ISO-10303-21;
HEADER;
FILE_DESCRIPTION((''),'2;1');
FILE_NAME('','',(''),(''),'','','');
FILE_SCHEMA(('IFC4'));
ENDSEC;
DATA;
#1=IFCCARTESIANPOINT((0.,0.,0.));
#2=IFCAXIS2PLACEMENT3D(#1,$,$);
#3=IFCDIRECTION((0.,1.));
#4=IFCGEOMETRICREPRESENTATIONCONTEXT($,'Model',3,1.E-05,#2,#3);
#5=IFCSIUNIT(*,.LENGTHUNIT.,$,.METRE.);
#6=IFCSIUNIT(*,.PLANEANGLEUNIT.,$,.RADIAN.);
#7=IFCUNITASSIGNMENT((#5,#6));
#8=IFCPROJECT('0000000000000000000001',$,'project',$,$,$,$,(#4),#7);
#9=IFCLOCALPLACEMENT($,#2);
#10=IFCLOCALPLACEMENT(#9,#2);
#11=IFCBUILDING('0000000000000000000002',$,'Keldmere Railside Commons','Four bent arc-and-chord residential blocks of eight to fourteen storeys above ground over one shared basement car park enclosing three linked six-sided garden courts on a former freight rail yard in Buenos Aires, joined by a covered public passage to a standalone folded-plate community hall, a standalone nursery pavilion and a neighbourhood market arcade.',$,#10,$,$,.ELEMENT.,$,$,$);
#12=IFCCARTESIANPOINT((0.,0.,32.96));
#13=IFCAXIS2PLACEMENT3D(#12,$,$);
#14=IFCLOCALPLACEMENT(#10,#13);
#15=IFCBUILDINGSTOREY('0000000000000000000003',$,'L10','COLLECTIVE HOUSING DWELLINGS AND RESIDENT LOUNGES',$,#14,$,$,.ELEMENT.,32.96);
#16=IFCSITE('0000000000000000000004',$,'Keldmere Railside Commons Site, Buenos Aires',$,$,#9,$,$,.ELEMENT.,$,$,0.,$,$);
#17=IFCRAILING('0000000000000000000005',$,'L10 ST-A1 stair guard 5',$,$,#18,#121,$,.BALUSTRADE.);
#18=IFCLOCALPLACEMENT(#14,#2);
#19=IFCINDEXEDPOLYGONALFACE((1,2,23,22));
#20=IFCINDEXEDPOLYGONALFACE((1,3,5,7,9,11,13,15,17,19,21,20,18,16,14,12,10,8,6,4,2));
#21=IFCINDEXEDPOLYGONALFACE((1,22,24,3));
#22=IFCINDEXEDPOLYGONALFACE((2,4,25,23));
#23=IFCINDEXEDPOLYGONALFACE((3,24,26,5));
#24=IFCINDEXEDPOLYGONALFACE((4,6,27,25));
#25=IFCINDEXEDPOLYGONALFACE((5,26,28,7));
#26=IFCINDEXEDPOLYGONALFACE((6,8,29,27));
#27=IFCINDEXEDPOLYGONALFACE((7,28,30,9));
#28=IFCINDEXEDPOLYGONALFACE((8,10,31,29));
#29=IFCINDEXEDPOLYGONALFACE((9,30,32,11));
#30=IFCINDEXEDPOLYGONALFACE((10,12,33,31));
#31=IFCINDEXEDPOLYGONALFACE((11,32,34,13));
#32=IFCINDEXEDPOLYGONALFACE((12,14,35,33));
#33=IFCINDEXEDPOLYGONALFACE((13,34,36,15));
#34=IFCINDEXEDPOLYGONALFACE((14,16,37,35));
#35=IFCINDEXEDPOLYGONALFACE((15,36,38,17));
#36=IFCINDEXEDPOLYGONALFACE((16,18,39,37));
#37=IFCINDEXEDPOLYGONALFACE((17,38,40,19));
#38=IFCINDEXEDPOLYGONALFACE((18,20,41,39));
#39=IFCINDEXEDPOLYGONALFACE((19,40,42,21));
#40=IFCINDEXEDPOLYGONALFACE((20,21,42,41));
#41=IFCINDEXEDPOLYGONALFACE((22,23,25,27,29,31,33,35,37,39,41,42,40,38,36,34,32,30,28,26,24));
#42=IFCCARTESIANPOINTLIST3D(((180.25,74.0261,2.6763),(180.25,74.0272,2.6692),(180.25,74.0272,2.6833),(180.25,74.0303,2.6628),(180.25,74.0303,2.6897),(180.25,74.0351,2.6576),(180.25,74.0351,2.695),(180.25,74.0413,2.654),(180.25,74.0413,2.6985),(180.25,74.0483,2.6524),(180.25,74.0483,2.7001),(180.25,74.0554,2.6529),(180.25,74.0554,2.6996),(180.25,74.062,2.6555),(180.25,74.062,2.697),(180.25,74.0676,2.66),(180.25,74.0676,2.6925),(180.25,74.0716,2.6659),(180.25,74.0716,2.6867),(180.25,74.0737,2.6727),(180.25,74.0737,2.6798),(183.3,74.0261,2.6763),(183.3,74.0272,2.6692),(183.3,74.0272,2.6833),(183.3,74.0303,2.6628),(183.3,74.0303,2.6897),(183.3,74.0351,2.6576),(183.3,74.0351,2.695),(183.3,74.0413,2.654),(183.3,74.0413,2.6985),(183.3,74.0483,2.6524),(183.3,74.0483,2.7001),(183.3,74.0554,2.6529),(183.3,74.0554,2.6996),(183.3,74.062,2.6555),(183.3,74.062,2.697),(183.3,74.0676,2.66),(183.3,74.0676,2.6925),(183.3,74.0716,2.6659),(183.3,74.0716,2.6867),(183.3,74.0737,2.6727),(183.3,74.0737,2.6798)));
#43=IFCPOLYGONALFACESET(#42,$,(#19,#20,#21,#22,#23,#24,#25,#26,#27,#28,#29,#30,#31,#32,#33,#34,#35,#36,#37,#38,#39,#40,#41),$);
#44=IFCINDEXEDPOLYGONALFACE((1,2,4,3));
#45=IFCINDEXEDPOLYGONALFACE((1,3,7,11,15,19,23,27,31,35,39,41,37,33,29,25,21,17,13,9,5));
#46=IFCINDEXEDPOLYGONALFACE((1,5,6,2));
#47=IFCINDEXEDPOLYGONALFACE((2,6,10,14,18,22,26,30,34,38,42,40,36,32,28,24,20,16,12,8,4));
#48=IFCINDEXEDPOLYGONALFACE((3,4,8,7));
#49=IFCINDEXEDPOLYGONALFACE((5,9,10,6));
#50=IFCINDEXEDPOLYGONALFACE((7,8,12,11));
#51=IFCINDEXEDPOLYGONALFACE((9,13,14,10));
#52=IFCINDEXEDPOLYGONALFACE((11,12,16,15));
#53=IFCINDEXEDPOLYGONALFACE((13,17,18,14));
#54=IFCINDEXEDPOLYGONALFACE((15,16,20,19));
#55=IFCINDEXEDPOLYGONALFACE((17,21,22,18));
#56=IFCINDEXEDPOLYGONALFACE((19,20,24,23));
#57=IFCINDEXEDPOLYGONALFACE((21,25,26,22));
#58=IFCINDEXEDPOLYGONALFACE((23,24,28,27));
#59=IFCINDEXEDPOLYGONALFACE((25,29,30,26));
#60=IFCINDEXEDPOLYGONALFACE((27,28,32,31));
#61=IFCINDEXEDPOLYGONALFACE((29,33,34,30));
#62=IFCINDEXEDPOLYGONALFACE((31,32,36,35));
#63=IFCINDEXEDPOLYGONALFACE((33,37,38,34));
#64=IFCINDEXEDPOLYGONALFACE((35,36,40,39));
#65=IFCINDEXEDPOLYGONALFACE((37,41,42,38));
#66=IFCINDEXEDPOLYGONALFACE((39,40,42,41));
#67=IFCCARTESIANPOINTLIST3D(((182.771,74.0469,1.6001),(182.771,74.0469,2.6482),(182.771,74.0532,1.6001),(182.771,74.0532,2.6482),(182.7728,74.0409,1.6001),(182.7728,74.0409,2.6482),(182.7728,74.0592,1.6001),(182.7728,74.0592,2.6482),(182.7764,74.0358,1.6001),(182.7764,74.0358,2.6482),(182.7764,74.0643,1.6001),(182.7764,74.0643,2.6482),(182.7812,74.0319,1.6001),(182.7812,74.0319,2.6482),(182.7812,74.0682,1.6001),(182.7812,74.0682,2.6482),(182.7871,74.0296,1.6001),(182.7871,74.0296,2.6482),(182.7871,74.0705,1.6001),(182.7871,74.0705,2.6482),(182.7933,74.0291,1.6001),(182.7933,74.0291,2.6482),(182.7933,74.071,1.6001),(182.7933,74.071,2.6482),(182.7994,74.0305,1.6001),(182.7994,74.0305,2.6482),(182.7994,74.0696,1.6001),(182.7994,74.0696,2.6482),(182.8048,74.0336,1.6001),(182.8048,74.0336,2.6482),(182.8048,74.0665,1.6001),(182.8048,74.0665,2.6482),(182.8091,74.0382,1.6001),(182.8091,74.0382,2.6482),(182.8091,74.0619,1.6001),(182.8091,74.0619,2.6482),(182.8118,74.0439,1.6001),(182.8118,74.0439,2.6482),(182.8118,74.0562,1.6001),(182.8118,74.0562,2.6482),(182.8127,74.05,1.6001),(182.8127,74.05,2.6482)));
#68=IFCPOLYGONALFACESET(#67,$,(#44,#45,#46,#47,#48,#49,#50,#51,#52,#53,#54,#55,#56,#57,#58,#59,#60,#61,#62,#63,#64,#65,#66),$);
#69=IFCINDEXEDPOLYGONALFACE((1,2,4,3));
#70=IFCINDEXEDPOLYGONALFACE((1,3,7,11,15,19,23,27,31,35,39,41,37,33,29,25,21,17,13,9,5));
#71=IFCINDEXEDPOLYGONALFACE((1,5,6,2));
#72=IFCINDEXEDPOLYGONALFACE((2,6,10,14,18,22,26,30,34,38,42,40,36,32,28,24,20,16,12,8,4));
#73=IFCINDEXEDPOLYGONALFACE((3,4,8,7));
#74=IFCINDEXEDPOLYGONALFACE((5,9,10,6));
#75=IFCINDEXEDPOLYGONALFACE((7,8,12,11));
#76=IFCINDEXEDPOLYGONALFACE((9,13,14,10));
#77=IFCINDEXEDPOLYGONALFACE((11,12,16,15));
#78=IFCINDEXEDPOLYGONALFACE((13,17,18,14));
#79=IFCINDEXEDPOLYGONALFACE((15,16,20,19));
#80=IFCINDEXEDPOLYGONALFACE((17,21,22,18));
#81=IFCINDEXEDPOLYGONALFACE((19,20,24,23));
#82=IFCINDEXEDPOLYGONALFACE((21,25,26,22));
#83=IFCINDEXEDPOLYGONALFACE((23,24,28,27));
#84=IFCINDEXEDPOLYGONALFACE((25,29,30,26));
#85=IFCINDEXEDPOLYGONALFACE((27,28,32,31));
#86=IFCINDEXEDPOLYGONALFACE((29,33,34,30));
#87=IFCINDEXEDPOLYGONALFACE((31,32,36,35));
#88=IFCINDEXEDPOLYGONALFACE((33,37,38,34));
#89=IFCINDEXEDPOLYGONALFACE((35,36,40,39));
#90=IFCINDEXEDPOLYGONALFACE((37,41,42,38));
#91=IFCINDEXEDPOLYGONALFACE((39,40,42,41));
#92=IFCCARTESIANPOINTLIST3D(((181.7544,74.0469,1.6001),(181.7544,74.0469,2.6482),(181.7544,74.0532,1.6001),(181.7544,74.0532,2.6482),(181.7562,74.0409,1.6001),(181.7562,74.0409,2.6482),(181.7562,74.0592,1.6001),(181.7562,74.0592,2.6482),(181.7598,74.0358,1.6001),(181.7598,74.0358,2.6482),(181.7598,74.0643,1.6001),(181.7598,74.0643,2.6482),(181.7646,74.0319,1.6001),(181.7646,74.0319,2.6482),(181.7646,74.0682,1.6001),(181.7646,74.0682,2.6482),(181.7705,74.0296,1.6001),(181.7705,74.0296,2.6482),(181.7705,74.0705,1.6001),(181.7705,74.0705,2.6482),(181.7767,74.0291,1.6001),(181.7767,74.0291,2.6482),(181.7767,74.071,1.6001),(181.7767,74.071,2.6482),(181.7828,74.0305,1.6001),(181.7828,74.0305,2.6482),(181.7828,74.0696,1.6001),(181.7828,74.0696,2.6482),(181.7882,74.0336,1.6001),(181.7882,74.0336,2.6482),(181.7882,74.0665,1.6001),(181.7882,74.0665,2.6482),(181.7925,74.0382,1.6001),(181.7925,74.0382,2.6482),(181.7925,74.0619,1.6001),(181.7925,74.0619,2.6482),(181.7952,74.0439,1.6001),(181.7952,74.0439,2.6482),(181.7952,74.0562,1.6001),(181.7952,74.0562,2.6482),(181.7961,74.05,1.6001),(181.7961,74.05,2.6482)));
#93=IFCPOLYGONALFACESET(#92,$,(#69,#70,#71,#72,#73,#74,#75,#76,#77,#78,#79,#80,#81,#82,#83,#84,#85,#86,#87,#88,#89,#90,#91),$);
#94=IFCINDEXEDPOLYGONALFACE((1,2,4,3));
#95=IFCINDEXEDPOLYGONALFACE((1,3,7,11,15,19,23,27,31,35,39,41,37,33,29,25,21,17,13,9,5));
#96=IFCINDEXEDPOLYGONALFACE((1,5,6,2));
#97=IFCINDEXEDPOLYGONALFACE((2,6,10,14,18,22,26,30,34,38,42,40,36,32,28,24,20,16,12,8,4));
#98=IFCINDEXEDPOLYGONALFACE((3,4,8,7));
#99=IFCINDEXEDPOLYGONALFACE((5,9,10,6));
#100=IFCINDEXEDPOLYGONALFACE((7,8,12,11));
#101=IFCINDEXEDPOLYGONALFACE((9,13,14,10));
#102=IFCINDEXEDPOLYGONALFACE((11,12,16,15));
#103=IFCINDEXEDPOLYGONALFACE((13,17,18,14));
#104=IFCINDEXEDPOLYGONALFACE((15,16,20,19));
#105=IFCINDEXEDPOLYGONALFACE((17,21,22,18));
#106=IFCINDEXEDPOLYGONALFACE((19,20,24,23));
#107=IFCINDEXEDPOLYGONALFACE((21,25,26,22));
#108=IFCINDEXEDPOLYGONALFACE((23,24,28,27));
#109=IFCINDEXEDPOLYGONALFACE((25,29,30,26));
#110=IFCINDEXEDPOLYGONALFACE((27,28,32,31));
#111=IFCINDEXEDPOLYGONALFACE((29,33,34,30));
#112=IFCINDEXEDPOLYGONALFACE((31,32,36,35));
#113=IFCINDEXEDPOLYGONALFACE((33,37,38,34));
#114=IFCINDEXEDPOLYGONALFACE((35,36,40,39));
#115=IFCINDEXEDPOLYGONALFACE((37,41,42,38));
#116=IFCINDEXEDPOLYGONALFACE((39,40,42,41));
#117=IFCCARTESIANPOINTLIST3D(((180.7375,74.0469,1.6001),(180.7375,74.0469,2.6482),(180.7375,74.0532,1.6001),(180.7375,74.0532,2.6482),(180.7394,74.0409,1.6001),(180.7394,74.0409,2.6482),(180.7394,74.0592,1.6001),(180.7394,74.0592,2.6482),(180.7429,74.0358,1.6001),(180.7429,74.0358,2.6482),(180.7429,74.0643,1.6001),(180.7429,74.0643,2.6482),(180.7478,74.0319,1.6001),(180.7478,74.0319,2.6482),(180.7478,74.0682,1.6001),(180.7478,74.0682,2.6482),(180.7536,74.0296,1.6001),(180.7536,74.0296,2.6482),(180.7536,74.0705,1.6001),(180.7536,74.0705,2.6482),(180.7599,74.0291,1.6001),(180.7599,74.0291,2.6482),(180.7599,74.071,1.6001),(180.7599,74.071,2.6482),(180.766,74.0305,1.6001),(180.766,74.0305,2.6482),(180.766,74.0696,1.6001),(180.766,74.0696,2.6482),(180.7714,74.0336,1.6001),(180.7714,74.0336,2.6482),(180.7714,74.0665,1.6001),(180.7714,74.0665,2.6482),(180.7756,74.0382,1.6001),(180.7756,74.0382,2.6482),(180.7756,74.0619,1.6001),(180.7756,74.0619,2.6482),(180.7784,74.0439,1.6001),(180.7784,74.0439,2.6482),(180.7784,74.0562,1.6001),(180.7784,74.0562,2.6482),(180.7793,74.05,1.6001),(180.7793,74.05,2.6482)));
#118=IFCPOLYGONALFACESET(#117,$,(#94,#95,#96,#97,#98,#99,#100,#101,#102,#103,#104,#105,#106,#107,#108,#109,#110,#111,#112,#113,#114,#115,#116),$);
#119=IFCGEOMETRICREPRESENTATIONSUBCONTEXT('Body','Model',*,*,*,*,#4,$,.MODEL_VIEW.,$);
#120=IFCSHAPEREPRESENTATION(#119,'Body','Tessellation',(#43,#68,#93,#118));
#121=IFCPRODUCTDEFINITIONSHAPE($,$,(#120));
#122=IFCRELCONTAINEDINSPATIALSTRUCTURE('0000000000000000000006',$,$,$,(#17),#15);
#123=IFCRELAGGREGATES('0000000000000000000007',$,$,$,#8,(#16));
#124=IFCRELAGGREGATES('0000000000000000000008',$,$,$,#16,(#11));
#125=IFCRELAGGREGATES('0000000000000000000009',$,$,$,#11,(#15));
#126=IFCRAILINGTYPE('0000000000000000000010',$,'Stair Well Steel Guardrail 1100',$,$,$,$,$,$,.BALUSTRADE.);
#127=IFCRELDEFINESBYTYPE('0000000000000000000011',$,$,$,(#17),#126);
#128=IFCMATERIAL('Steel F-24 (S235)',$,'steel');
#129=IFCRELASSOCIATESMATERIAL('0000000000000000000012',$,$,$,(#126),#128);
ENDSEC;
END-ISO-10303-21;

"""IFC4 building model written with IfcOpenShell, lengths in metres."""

from ifc_helpers import new_model, si_unit, direction, frame, origin, origin_2d, place, context, subcontext, project, spatial, circle, extrude, material, type_object, element, save


model = new_model("IFC4")

# Units and contexts
model_context = context("Model", 3, precision=1e-05, world=origin(), true_north=direction((0.0, 1.0)))
body_context = subcontext(model_context, "Body", "Model", "MODEL_VIEW")
ifc_project = project(units=[si_unit("LENGTHUNIT", "METRE"), si_unit("PLANEANGLEUNIT", "RADIAN")], contexts=[model_context])

# Site, building, storey
site_placement = place(None, origin())
site = spatial("IfcSite", under=ifc_project, at=site_placement, Name="Keldmere Railside Commons Site, Buenos Aires", CompositionType="ELEMENT", RefElevation=0.0)
building_placement = place(site_placement, origin())
building = spatial("IfcBuilding", under=site, at=building_placement, Name="Keldmere Railside Commons", Description="Four bent arc-and-chord residential blocks of eight to fourteen storeys above ground over one shared basement car park enclosing three linked six-sided garden courts on a former freight rail yard in Buenos Aires, joined by a covered public passage to a standalone folded-plate community hall, a standalone nursery pavilion and a neighbourhood market arcade.", CompositionType="ELEMENT")
storey_placement = place(building_placement, frame((0.0, 0.0, 32.96)))
storey = spatial("IfcBuildingStorey", under=building, at=storey_placement, Name="L10", Description="COLLECTIVE HOUSING DWELLINGS AND RESIDENT LOUNGES", CompositionType="ELEMENT", Elevation=32.96)

# Shared definitions
ifc_material_1 = material(Name="Steel F-24 (S235)", Category="steel")

# Railing
railing_type_1 = type_object("IfcRailingType", Name="Stair Well Steel Guardrail 1100", PredefinedType="BALUSTRADE", material=ifc_material_1)
railing_1_placement = place(storey_placement, frame((183.3, 74.05, 1.6001)))
element("IfcRailing", 1, at=railing_1_placement, inside=storey, type_object=railing_type_1, Name="L10 ST-A1 stair guard 5", PredefinedType="BALUSTRADE", context=body_context, shape_type="SweptSolid", body=[
    extrude(circle(Radius=0.0239, at=origin_2d()), frame((0.0, 0.0, 1.0762), z_axis=(-1.0, 0.0, 0.0), x_axis=(0.0, -1.0, 0.0)), (0.0, 0.0, 1.0), 3.05),
    extrude(circle(Radius=0.021, at=origin_2d()), frame((-0.5083, 0.0, 0.0)), (0.0, 0.0, 1.0), 1.0481),
    extrude(circle(Radius=0.021, at=origin_2d()), frame((-1.5249, 0.0, 0.0)), (0.0, 0.0, 1.0), 1.0481),
    extrude(circle(Radius=0.021, at=origin_2d()), frame((-2.5417, 0.0, 0.0)), (0.0, 0.0, 1.0), 1.0481),
])

save(model, "model.ifc")
